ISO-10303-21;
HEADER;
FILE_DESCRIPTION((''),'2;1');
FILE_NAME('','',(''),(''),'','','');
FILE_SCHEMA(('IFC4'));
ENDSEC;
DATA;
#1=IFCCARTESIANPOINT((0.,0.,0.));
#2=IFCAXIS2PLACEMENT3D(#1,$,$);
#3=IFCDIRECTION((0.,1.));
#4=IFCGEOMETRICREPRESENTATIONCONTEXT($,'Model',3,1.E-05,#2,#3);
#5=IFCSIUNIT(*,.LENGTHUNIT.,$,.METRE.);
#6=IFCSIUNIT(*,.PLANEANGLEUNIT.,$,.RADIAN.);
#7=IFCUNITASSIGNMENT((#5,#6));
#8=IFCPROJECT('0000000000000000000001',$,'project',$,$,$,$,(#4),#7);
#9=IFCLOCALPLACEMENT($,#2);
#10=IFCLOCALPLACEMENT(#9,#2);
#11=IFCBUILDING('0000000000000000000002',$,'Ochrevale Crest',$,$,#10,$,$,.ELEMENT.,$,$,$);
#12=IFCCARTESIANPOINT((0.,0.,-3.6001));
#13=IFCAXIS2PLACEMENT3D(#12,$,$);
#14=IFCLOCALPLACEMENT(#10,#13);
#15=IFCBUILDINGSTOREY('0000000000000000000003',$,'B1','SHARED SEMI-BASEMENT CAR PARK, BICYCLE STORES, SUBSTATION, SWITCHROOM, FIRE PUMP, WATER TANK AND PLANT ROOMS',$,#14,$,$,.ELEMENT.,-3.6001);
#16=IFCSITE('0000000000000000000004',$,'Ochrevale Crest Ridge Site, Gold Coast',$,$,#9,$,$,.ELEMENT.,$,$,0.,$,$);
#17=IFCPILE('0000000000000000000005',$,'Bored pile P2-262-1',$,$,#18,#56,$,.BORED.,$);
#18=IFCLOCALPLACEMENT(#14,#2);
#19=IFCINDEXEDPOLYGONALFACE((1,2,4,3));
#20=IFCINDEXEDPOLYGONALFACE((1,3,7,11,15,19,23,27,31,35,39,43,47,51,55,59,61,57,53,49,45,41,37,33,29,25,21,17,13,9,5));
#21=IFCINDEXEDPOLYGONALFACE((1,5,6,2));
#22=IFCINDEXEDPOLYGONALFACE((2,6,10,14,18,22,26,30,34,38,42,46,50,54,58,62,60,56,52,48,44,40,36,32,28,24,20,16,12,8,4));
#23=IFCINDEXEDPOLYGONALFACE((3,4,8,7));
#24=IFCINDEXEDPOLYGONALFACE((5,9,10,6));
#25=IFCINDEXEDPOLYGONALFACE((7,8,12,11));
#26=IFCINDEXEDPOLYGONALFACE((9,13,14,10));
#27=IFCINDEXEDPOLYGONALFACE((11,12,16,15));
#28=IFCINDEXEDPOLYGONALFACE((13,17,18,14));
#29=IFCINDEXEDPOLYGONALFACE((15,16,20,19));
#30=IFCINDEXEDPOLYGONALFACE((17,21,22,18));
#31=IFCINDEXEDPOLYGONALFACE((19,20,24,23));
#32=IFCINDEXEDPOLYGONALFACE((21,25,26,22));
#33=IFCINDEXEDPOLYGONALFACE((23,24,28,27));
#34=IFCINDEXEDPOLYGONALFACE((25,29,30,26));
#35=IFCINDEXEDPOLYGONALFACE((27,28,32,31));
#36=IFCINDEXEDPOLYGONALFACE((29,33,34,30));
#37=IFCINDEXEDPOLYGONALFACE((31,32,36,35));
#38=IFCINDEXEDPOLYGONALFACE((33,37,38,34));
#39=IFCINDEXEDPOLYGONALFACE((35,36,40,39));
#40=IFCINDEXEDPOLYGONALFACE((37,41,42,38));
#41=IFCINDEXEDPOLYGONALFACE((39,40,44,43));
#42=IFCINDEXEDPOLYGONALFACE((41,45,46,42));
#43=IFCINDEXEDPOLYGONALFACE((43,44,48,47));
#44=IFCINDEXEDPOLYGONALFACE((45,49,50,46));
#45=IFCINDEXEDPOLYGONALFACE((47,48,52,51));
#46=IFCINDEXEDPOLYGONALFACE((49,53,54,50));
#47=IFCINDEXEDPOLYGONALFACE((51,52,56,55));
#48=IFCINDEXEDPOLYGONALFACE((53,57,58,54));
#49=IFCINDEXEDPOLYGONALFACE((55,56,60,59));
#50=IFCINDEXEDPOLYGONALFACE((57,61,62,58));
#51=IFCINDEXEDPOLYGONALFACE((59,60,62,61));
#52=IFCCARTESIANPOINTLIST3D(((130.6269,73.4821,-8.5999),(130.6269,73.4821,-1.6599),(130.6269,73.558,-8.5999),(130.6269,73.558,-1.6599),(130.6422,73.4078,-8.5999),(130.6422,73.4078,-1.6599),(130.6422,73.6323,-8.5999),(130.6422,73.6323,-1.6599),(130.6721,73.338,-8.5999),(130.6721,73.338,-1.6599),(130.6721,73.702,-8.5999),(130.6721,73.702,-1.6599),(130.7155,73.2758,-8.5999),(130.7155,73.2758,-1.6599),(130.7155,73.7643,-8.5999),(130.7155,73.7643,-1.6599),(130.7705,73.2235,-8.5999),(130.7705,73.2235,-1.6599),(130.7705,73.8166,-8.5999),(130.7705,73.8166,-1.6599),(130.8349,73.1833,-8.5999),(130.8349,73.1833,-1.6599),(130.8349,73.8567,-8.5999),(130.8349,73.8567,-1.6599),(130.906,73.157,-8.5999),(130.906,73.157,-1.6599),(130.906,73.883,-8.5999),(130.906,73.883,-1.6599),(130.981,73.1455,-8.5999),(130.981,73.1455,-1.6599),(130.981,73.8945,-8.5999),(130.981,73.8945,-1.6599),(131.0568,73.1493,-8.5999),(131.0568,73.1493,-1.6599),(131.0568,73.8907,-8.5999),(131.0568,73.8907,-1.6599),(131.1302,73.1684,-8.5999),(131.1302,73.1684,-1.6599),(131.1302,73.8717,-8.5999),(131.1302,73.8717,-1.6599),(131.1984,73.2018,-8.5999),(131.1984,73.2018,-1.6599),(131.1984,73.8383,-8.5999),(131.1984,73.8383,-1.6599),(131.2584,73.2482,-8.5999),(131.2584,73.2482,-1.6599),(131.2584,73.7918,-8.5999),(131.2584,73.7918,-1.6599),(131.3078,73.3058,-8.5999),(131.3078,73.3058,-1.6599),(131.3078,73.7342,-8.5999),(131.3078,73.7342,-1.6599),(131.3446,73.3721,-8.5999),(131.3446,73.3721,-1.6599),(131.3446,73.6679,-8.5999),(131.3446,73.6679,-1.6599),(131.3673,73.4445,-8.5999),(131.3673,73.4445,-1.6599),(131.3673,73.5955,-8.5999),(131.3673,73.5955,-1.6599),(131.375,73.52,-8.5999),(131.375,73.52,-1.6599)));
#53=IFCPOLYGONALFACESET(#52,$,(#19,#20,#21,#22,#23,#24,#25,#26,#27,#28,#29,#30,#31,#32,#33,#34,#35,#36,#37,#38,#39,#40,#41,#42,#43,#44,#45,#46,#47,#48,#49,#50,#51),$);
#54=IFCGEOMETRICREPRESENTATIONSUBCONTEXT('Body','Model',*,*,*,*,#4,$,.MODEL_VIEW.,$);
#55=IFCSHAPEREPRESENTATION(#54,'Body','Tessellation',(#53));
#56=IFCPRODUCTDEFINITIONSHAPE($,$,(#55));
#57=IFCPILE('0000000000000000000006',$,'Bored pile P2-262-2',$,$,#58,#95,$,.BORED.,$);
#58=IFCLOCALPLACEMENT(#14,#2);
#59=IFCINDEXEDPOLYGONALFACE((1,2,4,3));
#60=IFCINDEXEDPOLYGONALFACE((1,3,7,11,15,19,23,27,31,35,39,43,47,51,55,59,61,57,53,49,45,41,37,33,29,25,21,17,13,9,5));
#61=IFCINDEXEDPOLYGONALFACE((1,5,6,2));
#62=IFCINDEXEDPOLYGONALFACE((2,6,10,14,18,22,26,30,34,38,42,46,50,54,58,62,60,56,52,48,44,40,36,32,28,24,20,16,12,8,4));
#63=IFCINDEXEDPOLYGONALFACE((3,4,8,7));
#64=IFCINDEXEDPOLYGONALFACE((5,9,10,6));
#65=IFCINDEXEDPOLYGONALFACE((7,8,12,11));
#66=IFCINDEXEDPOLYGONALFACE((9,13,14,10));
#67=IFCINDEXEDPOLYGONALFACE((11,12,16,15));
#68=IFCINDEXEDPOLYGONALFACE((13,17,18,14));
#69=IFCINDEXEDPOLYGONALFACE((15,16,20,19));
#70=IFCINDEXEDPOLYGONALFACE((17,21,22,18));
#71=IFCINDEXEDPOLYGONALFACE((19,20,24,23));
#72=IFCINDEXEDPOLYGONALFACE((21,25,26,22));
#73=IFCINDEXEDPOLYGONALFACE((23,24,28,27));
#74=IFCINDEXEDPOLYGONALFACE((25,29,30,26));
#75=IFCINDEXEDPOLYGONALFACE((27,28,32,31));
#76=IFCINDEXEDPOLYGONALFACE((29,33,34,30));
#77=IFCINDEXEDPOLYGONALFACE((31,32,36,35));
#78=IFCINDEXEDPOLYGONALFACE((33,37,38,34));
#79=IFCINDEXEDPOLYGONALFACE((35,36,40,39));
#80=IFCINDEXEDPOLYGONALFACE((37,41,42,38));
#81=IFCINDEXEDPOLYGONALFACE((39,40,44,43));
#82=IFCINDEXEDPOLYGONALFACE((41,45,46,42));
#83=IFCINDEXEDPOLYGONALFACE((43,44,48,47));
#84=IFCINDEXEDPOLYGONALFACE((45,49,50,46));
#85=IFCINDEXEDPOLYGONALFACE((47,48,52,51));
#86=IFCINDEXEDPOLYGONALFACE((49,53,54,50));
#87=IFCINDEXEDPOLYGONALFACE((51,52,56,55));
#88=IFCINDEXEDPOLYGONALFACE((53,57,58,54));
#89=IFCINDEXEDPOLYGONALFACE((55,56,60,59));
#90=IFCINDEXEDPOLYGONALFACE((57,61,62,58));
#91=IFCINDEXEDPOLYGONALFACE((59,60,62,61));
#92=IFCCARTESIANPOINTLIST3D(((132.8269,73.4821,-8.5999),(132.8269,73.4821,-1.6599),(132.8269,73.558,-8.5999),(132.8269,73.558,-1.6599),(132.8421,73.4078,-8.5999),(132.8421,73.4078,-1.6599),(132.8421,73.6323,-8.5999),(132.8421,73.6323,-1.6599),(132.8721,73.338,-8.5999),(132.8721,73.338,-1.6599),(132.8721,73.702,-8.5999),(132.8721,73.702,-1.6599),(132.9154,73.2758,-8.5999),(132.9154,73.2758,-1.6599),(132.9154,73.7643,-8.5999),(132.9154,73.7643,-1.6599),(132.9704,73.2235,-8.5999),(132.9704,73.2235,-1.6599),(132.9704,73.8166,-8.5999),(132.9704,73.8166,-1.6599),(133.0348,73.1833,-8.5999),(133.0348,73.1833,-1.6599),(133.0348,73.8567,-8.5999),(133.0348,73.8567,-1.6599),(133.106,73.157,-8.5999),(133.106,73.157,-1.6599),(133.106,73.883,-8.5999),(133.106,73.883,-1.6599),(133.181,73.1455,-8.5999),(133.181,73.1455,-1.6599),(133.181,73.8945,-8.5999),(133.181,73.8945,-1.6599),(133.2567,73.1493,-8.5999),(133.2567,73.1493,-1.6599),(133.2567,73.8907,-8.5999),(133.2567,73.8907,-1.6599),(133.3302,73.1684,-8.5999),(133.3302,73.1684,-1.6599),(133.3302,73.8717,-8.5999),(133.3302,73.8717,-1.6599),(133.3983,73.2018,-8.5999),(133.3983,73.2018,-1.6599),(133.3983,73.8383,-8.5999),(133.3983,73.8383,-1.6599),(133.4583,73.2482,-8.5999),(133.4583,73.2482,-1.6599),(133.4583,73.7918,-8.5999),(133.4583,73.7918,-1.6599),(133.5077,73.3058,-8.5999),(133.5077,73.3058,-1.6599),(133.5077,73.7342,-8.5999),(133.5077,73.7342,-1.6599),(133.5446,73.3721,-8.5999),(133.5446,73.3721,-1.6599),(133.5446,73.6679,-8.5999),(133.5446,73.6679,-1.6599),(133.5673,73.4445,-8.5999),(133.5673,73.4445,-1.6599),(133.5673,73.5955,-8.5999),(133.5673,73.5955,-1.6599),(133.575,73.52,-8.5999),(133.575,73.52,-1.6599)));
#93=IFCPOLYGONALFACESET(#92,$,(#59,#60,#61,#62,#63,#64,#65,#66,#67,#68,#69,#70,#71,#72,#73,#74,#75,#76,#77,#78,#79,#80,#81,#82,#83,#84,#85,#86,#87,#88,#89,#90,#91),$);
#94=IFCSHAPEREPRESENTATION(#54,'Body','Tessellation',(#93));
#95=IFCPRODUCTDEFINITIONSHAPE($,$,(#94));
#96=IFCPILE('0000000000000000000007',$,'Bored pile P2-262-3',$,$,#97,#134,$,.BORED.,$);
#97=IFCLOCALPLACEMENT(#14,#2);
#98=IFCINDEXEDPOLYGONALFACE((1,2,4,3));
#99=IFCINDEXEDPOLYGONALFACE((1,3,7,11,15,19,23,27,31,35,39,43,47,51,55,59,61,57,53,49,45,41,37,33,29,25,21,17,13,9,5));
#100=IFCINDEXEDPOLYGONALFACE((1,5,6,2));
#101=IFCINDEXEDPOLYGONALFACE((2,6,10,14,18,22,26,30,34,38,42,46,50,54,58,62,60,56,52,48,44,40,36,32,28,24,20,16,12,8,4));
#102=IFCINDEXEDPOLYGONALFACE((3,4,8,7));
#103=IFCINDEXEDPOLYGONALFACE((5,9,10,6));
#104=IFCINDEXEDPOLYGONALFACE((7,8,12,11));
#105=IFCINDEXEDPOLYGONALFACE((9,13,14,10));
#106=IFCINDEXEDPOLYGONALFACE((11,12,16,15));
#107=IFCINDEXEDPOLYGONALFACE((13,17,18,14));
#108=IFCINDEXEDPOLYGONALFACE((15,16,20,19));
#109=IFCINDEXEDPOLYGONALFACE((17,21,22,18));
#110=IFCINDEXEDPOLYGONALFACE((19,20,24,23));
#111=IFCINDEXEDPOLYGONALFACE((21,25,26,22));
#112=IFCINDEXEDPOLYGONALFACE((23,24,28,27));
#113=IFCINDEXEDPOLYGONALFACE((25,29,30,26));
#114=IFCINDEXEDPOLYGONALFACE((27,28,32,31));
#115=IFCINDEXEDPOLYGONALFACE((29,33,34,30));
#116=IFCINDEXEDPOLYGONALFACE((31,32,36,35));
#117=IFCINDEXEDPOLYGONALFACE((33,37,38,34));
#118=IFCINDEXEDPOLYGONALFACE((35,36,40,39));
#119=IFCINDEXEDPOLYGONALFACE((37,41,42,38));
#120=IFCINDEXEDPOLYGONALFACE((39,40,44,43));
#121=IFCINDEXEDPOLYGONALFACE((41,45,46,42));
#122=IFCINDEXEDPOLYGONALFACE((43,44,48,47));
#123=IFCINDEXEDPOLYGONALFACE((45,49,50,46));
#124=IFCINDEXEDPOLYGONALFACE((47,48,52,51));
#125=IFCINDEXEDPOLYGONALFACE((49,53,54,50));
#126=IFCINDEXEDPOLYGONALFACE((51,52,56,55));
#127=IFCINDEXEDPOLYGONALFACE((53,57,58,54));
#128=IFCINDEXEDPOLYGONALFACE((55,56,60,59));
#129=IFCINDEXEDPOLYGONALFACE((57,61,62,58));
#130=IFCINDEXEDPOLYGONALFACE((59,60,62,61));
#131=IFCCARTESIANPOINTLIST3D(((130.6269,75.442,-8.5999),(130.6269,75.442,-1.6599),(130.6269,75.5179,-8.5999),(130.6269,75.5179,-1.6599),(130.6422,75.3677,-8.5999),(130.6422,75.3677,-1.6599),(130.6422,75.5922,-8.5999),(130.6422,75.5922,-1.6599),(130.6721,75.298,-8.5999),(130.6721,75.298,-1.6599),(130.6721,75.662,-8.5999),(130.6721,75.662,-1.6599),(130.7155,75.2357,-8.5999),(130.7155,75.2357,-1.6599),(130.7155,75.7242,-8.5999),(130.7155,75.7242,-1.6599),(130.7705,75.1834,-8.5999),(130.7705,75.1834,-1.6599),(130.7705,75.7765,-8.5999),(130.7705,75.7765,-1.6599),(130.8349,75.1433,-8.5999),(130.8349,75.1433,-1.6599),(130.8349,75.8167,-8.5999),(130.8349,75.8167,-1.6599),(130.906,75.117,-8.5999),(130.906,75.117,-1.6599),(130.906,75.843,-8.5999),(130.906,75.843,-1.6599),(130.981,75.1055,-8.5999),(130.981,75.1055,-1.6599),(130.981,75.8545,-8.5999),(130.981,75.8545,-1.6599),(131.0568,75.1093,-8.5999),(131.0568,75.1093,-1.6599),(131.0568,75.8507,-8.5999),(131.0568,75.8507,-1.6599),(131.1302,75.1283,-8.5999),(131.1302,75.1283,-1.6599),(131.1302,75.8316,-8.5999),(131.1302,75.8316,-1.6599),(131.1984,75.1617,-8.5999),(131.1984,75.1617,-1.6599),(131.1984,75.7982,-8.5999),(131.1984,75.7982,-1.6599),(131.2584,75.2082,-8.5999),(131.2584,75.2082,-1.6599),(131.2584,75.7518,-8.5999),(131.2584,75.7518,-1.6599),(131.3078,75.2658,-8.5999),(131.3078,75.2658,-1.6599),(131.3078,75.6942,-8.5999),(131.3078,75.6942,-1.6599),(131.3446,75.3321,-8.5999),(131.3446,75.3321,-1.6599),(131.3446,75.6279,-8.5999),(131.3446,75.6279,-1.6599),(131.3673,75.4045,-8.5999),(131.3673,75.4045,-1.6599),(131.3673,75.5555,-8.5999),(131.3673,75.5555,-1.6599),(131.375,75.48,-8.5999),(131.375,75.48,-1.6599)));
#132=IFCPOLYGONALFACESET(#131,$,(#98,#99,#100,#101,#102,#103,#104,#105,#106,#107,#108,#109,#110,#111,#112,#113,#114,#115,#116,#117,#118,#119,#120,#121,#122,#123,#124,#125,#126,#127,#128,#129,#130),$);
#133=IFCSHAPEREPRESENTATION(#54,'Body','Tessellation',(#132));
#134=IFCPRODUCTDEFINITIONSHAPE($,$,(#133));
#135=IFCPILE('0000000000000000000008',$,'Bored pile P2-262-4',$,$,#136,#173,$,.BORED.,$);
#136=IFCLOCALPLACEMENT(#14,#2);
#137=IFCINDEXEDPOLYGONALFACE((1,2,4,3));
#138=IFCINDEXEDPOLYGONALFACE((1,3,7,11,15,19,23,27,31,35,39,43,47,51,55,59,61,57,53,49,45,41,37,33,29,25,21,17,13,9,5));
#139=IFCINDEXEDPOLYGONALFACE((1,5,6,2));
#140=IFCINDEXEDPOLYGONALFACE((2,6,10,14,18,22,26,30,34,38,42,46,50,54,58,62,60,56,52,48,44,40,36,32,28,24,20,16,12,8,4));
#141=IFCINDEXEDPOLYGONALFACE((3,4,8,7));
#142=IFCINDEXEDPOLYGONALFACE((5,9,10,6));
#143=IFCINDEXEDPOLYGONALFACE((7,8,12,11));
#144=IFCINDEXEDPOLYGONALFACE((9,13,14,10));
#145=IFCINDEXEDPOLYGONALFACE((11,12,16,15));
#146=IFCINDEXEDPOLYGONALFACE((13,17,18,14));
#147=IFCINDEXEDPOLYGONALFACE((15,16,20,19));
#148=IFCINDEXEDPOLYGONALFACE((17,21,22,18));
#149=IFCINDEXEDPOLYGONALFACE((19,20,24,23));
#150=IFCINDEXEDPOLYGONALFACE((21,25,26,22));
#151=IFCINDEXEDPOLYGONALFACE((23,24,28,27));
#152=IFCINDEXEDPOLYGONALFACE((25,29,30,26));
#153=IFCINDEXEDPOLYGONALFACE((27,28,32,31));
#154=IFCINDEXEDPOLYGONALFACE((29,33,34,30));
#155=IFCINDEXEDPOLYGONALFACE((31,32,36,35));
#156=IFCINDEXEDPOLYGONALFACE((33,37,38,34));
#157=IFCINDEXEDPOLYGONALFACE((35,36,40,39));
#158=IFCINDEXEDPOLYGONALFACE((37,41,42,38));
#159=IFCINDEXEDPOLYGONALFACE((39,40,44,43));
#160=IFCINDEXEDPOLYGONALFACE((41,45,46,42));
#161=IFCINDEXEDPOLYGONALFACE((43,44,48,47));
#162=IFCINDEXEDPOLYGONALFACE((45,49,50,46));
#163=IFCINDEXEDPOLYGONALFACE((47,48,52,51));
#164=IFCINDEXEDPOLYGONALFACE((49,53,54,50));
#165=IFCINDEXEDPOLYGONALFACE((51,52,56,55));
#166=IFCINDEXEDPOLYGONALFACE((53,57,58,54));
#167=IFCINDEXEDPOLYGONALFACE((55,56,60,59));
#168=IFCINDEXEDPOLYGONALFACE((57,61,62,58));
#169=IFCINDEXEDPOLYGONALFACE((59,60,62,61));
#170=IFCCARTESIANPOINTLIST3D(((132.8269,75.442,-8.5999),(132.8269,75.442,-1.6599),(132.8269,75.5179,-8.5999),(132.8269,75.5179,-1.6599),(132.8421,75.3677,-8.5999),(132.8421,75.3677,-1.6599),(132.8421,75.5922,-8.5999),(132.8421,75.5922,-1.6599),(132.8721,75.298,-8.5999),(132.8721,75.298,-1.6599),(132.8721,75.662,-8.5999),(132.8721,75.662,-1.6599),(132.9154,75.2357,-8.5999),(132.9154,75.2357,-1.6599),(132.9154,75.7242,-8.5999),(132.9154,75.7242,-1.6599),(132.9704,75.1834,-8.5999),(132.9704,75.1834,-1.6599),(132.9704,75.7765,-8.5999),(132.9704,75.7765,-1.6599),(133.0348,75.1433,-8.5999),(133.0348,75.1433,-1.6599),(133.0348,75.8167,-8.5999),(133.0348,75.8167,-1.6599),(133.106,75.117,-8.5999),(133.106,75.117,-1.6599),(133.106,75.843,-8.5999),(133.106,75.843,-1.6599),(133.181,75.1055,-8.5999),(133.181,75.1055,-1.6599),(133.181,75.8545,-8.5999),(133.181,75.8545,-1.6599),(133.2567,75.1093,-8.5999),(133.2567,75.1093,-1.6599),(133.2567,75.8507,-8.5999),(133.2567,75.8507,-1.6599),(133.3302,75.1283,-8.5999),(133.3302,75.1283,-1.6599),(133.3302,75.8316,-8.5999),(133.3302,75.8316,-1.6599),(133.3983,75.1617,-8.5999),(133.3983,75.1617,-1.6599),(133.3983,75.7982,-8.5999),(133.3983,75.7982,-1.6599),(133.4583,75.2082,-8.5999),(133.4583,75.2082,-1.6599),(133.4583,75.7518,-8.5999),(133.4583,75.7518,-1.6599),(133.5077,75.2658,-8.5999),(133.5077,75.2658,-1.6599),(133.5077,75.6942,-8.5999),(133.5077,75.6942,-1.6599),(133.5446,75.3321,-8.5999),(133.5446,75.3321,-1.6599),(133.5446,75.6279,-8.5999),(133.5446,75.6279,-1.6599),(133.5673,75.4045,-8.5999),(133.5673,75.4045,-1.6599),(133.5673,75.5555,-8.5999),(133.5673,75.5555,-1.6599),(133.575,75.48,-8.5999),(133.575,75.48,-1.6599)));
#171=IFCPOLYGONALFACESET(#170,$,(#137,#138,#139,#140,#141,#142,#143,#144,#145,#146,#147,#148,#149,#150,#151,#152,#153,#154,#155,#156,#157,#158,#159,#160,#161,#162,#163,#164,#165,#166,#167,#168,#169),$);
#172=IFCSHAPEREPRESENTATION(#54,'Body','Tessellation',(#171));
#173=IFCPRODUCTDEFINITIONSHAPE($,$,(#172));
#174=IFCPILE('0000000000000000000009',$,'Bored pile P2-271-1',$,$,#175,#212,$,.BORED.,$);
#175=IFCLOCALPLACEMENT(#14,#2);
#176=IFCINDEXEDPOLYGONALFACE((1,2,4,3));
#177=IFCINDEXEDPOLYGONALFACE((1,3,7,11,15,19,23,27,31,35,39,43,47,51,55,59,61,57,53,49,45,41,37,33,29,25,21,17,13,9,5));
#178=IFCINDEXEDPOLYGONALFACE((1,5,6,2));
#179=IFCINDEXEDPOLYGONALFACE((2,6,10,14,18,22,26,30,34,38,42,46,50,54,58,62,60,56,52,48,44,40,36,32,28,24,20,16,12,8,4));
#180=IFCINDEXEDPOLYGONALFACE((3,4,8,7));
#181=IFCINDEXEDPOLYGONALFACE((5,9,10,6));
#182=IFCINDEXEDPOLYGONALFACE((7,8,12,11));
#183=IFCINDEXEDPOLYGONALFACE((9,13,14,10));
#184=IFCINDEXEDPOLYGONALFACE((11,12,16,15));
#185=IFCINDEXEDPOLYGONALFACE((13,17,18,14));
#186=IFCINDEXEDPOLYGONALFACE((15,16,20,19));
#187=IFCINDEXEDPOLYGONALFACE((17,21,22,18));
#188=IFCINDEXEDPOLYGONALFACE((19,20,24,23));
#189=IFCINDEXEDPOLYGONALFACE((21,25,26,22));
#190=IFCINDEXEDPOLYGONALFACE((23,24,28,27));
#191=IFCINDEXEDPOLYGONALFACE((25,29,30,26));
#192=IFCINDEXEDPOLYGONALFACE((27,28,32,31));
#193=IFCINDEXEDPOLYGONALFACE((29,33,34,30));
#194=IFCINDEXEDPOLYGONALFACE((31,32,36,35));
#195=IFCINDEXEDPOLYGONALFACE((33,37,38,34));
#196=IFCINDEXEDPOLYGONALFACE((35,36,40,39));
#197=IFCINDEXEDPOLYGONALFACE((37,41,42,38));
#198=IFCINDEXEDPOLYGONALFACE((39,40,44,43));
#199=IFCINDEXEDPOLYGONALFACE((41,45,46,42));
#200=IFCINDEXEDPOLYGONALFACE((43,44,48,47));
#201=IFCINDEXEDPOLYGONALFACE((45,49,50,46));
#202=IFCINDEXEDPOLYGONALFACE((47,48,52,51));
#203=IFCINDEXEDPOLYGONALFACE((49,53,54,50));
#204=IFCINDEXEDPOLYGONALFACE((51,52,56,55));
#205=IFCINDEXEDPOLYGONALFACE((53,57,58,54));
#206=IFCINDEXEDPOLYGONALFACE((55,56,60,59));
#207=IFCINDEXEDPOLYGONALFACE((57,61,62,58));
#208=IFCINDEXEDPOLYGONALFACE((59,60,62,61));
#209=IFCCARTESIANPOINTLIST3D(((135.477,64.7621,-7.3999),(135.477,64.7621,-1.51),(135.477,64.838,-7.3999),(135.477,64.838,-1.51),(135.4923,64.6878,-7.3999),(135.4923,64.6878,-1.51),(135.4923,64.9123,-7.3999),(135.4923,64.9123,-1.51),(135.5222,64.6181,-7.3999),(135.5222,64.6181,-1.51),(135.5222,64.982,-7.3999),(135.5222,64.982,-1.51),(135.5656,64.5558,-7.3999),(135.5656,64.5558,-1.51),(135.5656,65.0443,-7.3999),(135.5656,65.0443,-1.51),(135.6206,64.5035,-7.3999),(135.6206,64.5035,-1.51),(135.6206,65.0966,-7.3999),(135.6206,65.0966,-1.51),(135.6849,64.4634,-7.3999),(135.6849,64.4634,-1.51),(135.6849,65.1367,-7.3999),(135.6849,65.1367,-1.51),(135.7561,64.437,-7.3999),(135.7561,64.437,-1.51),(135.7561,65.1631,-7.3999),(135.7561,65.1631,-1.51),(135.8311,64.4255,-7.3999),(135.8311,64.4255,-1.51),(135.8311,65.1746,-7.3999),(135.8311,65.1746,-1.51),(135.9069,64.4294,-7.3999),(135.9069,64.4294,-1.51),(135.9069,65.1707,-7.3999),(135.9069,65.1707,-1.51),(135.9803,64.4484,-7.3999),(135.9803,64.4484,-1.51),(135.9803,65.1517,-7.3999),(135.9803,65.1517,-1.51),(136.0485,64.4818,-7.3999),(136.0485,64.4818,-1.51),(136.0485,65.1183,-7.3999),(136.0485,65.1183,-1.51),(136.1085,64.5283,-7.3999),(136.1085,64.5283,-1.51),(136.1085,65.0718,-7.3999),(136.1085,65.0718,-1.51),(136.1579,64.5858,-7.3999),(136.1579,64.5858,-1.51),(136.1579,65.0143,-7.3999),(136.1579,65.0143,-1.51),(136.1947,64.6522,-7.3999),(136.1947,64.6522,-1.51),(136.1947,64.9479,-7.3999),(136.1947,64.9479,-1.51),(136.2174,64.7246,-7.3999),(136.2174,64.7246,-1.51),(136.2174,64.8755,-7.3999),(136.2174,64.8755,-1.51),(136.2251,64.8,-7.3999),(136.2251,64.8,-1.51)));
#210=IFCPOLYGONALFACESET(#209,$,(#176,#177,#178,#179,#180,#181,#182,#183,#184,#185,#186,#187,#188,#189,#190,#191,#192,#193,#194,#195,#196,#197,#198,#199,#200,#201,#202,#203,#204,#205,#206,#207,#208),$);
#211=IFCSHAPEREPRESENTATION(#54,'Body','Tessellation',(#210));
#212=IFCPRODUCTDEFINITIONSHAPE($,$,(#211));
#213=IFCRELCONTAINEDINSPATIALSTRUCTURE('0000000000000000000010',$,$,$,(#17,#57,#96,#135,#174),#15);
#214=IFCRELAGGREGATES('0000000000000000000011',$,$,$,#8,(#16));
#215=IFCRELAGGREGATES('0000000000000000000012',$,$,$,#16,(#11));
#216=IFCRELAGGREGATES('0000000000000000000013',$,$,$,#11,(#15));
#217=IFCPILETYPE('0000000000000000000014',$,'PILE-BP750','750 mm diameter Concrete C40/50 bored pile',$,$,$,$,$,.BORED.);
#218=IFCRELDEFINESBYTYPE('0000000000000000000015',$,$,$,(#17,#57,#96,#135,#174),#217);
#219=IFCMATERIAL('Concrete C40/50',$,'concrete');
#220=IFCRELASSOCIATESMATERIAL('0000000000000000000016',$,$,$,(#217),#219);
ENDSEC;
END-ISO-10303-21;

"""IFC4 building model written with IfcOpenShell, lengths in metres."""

from ifc_helpers import new_model, si_unit, direction, frame, origin, origin_2d, place, context, subcontext, project, spatial, circle, extrude, material, material_profile, profile_set, type_object, element, save


model = new_model("IFC4")

# Units and contexts
model_context = context("Model", 3, precision=1e-05, world=origin(), true_north=direction((0.0, 1.0)))
body_context = subcontext(model_context, "Body", "Model", "MODEL_VIEW")
ifc_project = project(units=[si_unit("LENGTHUNIT", "METRE"), si_unit("PLANEANGLEUNIT", "RADIAN")], contexts=[model_context])

# Site, building, storey
site_placement = place(None, origin())
site = spatial("IfcSite", under=ifc_project, at=site_placement, Name="Ochrevale Crest Ridge Site, Gold Coast", CompositionType="ELEMENT", RefElevation=0.0)
building_placement = place(site_placement, origin())
building = spatial("IfcBuilding", under=site, at=building_placement, Name="Ochrevale Crest", CompositionType="ELEMENT")
storey_placement = place(building_placement, frame((0.0, 0.0, -3.6001)))
storey = spatial("IfcBuildingStorey", under=building, at=storey_placement, Name="B1", Description="SHARED SEMI-BASEMENT CAR PARK, BICYCLE STORES, SUBSTATION, SWITCHROOM, FIRE PUMP, WATER TANK AND PLANT ROOMS", CompositionType="ELEMENT", Elevation=-3.6001)

# Shared definitions
ifc_material_1 = material(Name="Concrete C40/50", Category="concrete")

# Piles
ifc_material_profile_1 = material_profile(ifc_material_1, circle(Radius=0.375, at=origin_2d()), Name="BORED PILE 750")
ifc_profile_set_1 = profile_set([ifc_material_profile_1], Name="Concrete C40/50")
pile_type_1 = type_object("IfcPileType", Name="PILE-BP750", Description="750 mm diameter Concrete C40/50 bored pile", PredefinedType="BORED", material=ifc_profile_set_1)
for number, where, z_axis, x_axis, name in (
    (1, (131.0, 73.52, -1.6599), (0.0, 0.0, -1.0), (1.0, 0.0, 0.0), "Bored pile P2-262-1"),
    (2, (133.2, 73.52, -1.6599), (0.0, 0.0, -1.0), (1.0, 0.0, 0.0), "Bored pile P2-262-2"),
    (3, (131.0, 75.48, -1.6599), (0.0, 0.0, -1.0), (1.0, 0.0, 0.0), "Bored pile P2-262-3"),
    (4, (133.2, 75.48, -1.6599), (0.0, 0.0, -1.0), (1.0, 0.0, 0.0), "Bored pile P2-262-4"),
):
    element("IfcPile", number, at=place(storey_placement, frame(where, z_axis=z_axis, x_axis=x_axis)), inside=storey, type_object=pile_type_1, Name=name, PredefinedType="BORED", context=body_context, shape_type="SweptSolid", body=[
        extrude(circle(Radius=0.375, at=origin_2d()), origin(), (0.0, 0.0, 1.0), 6.9399),
    ])
pile_1_placement = place(storey_placement, frame((135.8501, 64.8, -1.51), z_axis=(0.0, 0.0, -1.0), x_axis=(1.0, 0.0, 0.0)))
element("IfcPile", 5, at=pile_1_placement, inside=storey, type_object=pile_type_1, Name="Bored pile P2-271-1", PredefinedType="BORED", context=body_context, shape_type="SweptSolid", body=[
    extrude(circle(Radius=0.375, at=origin_2d()), origin(), (0.0, 0.0, 1.0), 5.8899),
])

save(model, "model.ifc")
